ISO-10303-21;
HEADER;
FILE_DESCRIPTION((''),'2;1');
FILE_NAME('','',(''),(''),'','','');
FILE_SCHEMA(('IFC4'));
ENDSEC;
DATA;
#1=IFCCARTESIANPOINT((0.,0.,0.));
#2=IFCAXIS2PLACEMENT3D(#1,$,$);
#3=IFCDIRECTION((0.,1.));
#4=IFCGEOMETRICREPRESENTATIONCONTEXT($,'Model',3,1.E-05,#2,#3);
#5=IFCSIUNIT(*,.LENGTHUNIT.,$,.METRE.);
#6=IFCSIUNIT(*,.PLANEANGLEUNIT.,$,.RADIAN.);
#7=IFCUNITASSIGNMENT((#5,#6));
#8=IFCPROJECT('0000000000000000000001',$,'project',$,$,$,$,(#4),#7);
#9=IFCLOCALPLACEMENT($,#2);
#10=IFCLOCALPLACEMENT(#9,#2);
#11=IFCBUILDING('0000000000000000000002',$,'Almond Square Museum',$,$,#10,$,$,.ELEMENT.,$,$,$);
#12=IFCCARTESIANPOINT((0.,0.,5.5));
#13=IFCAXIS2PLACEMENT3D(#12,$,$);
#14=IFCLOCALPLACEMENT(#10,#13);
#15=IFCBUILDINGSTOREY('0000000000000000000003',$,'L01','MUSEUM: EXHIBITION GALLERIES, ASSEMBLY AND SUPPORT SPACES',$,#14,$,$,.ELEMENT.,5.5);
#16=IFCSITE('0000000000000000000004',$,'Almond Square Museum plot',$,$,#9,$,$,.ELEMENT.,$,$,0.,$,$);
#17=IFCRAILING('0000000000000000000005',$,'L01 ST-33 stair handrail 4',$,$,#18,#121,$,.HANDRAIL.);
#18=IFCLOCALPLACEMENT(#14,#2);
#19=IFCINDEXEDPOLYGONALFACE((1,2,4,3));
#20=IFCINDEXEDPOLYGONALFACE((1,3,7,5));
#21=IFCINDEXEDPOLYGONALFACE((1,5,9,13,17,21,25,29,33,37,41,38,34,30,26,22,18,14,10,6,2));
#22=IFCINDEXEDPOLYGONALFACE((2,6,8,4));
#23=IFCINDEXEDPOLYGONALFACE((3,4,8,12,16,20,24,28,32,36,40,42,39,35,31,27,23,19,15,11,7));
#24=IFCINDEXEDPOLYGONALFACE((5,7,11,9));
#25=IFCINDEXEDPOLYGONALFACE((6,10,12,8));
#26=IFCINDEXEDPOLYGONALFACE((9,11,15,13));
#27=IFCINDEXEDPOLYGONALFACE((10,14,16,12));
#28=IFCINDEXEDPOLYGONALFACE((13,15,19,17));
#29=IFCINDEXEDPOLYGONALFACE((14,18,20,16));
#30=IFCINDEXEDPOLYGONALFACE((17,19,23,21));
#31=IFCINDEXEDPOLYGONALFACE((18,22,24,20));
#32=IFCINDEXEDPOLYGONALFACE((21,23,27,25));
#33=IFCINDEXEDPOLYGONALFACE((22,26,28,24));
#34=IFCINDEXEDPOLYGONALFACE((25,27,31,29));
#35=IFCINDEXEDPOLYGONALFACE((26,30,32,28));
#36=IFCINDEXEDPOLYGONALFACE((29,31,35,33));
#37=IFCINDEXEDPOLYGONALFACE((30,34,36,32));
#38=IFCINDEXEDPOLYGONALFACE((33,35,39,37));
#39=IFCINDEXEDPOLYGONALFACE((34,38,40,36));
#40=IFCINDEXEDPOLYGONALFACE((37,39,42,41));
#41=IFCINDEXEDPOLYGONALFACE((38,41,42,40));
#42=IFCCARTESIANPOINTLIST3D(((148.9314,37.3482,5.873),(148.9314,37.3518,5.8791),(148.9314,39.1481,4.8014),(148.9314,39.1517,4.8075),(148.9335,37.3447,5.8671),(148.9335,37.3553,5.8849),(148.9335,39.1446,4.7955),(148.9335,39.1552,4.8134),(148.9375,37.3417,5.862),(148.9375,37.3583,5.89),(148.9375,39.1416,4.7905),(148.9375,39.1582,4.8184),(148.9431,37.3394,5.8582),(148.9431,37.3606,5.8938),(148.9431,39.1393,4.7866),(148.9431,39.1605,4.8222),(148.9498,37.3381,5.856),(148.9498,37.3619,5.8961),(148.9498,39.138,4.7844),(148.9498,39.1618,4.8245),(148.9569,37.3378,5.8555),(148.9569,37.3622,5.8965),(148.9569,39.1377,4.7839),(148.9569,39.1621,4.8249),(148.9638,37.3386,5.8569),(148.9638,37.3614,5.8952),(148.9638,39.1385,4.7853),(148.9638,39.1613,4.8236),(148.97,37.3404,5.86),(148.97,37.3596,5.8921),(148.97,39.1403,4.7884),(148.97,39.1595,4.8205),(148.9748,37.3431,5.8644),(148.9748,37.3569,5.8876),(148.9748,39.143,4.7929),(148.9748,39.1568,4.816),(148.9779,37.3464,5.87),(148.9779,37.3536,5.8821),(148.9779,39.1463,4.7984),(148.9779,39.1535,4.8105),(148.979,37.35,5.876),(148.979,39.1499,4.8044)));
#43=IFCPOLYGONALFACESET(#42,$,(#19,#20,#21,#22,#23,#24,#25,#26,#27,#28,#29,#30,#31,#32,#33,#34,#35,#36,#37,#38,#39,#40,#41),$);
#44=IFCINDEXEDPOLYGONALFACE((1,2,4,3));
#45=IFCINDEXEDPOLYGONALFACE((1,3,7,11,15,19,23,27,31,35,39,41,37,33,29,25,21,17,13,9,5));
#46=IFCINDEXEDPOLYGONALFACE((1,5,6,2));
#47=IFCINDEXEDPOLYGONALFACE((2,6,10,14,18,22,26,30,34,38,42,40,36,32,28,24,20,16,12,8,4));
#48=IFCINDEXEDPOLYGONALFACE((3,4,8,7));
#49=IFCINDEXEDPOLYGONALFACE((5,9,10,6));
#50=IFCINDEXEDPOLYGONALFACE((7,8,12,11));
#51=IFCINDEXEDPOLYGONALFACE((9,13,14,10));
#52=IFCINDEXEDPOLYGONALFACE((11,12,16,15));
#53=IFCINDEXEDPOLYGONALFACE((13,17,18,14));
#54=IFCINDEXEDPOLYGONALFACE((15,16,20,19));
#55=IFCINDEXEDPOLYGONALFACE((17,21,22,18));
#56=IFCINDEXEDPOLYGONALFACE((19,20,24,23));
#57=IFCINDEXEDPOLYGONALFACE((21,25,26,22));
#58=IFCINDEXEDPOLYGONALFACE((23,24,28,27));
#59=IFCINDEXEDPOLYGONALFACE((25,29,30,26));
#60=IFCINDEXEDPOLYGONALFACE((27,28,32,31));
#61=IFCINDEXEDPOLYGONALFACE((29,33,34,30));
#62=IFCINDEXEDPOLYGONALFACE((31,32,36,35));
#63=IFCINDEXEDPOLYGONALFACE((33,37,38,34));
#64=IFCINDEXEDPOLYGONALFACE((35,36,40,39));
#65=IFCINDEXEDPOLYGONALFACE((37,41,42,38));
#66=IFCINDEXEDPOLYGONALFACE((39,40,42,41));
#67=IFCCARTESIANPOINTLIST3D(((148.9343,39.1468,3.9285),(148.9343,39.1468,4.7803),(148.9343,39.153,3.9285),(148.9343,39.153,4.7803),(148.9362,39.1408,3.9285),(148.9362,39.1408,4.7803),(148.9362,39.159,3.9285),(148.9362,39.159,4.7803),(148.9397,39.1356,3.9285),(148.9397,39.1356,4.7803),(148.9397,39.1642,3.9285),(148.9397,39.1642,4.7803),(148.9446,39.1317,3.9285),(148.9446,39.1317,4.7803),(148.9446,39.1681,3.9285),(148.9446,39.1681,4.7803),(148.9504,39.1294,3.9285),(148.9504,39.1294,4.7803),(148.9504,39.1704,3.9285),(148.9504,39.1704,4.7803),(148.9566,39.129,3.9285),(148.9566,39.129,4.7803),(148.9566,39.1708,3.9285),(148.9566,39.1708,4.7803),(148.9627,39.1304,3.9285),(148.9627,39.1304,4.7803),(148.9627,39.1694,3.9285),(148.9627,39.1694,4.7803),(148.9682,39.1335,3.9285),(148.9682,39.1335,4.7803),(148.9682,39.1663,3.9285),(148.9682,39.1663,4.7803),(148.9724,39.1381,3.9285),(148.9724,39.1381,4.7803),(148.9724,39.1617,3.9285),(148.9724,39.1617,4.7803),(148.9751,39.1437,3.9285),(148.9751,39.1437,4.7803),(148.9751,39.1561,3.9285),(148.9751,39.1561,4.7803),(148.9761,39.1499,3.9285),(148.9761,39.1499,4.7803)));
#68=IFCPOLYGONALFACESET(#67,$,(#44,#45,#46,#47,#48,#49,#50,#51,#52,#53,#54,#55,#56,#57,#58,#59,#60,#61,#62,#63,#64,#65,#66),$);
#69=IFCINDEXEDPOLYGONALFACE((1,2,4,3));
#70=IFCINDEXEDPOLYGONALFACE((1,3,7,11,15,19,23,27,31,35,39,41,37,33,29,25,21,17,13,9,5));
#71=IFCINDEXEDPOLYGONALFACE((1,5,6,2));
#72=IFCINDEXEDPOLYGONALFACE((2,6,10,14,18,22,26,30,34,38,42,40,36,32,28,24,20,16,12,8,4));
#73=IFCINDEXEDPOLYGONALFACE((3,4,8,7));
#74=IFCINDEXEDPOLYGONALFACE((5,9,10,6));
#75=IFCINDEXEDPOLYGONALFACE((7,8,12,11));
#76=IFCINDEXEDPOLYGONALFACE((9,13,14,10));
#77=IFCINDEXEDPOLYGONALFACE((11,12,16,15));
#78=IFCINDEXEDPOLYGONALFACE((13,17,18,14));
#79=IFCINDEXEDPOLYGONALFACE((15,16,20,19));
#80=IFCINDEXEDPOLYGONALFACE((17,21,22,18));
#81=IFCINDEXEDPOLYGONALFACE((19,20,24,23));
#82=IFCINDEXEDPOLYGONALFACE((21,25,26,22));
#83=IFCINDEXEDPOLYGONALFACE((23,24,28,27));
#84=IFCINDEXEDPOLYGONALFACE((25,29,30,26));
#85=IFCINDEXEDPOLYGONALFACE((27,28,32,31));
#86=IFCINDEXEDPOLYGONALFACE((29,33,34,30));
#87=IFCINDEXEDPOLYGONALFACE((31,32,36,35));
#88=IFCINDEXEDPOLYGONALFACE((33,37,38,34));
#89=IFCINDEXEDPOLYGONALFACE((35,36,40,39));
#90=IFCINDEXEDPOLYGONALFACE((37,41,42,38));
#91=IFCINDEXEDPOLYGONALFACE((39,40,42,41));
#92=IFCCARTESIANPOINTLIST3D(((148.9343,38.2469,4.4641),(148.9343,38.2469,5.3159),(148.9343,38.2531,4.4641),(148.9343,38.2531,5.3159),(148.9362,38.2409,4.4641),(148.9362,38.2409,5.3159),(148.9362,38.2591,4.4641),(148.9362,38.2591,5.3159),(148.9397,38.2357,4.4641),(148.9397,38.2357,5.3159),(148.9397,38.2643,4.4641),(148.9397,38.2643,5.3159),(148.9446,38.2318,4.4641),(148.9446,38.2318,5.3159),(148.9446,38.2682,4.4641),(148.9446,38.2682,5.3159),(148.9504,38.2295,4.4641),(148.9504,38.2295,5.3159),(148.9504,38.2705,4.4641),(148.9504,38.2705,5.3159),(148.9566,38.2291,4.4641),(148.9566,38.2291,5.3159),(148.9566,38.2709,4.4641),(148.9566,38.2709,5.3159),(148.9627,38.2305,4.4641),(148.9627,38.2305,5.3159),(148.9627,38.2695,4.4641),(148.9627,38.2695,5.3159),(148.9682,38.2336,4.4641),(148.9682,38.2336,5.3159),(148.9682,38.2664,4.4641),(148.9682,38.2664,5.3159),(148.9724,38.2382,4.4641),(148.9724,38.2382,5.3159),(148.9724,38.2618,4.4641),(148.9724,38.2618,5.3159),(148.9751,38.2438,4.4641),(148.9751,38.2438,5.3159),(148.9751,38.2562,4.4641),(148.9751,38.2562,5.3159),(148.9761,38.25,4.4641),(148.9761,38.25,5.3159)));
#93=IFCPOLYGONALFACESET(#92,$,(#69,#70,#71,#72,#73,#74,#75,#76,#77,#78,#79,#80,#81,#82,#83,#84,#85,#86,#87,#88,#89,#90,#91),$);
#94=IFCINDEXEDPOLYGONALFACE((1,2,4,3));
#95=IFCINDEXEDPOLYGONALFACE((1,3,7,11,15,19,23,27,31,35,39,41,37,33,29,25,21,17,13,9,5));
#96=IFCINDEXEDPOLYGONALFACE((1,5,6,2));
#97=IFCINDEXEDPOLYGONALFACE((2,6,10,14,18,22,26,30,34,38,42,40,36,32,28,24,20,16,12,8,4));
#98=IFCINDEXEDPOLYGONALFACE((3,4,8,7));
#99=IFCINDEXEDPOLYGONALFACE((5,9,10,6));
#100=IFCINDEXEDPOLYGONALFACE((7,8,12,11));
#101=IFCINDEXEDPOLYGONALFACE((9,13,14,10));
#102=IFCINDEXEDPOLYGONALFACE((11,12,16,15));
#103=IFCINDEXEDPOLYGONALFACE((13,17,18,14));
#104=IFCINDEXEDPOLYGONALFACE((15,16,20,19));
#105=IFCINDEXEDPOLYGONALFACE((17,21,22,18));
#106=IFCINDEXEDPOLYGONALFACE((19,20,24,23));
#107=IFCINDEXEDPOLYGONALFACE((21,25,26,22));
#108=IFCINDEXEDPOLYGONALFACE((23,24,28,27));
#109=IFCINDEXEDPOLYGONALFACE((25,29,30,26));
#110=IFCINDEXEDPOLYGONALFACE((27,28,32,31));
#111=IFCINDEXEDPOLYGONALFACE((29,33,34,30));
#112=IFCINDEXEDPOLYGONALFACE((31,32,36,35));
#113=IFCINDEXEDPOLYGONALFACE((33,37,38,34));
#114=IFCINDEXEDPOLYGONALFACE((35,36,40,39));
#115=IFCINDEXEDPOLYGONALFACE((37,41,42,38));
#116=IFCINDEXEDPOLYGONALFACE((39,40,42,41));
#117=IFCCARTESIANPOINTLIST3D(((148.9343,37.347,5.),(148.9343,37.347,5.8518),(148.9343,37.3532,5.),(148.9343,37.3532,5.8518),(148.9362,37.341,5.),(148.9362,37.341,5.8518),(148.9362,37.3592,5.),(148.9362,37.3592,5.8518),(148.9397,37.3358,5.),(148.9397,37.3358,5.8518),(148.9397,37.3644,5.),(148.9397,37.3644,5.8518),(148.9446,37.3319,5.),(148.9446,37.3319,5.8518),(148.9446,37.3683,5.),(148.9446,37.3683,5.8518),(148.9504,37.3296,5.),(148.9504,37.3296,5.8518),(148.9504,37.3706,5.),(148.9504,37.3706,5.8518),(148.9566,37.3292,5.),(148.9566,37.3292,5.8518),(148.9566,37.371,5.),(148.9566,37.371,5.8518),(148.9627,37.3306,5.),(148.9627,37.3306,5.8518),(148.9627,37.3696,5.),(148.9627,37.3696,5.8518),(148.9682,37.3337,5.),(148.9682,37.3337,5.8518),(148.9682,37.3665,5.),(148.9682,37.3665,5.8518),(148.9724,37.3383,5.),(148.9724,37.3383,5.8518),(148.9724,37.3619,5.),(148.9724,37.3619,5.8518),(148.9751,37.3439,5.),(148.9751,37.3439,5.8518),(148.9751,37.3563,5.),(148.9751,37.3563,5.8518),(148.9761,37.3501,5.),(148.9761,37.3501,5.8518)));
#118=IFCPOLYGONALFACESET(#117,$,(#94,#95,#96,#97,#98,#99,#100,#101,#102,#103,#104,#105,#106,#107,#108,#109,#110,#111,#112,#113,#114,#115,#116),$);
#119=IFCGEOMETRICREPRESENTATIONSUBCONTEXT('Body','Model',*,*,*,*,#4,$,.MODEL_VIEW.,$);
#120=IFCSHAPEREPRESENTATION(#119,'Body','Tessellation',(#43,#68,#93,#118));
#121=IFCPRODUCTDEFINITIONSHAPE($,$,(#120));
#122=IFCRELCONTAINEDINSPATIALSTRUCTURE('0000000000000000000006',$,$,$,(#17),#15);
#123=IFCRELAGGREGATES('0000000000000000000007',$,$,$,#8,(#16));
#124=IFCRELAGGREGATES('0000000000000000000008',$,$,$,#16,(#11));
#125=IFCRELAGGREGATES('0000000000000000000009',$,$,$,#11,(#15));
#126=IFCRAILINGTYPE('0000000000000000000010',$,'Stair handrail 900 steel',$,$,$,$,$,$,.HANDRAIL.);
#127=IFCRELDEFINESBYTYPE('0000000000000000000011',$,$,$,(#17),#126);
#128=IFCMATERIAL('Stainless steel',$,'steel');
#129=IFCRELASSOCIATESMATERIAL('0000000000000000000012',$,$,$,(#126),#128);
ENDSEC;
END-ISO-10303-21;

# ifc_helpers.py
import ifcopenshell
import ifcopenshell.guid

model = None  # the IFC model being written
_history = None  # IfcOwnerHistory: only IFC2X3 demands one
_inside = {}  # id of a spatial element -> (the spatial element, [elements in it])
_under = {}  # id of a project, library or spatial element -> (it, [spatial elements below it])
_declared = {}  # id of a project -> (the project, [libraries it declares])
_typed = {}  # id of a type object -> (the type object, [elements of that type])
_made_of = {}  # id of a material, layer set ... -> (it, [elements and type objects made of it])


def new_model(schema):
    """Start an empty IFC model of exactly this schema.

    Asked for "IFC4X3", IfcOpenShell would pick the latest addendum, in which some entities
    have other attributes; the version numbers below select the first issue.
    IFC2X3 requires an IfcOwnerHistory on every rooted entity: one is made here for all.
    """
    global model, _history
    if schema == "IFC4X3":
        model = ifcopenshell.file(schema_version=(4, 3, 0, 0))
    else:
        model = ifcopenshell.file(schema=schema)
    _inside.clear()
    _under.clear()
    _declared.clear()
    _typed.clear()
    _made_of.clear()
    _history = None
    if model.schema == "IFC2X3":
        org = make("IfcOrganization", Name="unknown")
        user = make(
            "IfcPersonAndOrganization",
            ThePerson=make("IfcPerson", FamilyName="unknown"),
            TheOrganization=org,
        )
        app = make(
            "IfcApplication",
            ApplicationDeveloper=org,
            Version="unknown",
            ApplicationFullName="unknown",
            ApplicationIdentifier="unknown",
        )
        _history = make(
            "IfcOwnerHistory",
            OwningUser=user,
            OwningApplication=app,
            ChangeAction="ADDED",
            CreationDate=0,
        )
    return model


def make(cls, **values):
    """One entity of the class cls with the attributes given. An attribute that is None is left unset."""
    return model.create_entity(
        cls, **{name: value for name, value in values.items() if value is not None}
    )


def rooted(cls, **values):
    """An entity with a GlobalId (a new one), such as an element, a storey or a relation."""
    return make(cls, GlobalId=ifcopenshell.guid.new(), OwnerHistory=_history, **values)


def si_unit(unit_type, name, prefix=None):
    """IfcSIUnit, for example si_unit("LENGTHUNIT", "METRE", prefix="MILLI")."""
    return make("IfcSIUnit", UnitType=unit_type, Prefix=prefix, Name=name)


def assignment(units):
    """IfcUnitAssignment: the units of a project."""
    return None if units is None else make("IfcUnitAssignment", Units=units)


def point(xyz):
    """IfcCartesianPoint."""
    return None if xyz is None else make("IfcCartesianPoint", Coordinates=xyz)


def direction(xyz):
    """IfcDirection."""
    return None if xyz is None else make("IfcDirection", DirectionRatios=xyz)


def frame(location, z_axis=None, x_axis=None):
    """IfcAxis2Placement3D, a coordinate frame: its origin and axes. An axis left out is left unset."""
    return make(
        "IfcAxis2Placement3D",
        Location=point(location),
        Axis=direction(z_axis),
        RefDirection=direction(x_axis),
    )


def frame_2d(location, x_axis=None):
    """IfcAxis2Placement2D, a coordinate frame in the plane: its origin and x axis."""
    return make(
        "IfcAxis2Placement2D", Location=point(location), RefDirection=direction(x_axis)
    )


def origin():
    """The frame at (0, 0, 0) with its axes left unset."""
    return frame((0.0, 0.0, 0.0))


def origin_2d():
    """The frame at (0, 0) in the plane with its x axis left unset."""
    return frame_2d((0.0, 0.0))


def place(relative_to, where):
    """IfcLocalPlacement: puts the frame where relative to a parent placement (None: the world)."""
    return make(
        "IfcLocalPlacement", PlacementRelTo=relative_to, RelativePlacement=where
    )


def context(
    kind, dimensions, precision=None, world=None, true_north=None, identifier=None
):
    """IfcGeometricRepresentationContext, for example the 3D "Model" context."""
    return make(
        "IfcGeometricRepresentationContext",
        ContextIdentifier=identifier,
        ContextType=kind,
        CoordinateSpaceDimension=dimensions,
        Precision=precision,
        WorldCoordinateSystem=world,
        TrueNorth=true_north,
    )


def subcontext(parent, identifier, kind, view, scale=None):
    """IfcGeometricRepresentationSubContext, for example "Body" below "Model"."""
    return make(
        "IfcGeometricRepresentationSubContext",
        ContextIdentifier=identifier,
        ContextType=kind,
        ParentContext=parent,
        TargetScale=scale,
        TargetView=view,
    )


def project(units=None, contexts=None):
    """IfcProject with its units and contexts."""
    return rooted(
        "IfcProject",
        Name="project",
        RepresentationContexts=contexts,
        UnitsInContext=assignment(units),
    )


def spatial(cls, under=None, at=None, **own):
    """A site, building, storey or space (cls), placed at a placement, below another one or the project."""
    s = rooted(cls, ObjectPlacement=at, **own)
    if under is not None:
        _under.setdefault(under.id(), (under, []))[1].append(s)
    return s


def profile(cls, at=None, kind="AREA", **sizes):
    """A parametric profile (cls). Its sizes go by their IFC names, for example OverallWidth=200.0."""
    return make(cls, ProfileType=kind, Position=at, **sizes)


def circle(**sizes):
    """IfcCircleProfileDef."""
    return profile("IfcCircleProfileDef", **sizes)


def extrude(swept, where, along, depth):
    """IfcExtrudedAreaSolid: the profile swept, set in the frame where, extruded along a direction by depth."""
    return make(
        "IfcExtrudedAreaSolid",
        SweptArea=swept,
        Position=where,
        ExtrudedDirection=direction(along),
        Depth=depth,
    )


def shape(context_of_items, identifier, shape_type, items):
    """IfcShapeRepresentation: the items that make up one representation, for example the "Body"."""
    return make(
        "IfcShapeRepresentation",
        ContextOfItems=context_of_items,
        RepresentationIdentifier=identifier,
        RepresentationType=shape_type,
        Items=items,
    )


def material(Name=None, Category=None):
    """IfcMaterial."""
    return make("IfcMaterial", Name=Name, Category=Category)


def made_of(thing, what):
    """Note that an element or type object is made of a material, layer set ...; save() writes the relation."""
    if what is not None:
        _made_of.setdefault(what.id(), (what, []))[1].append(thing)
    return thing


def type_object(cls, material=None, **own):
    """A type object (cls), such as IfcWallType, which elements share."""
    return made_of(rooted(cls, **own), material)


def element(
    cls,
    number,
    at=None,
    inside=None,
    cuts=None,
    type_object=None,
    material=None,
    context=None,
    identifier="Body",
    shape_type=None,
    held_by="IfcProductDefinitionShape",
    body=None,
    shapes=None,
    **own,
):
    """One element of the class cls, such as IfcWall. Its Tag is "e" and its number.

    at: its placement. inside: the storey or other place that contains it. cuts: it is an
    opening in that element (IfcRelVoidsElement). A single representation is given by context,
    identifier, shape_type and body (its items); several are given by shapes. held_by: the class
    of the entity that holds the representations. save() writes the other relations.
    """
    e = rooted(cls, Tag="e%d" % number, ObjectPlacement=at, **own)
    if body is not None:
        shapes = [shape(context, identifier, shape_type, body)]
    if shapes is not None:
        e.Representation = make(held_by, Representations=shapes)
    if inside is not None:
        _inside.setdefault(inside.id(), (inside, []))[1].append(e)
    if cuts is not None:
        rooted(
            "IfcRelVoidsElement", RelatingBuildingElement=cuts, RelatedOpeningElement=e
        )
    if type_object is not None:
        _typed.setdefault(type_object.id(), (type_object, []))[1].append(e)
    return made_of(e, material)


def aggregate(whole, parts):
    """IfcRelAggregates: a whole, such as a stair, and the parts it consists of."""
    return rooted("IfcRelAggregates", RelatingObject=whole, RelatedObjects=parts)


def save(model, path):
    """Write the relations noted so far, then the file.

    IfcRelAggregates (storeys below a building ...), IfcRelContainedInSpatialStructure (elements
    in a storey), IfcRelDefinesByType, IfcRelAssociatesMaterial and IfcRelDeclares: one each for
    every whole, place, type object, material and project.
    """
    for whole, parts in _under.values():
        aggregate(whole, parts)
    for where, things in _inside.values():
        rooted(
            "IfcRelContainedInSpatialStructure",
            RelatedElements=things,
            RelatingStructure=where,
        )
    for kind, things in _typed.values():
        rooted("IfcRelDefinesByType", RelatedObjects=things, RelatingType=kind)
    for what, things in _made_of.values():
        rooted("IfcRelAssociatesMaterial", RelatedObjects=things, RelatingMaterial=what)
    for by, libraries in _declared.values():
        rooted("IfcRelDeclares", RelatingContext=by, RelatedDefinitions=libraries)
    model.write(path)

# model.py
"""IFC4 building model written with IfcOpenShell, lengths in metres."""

from ifc_helpers import new_model, si_unit, direction, frame, origin, origin_2d, place, context, subcontext, project, spatial, circle, extrude, material, type_object, element, save


model = new_model("IFC4")

# Units and contexts
model_context = context("Model", 3, precision=1e-05, world=origin(), true_north=direction((0.0, 1.0)))
body_context = subcontext(model_context, "Body", "Model", "MODEL_VIEW")
ifc_project = project(units=[si_unit("LENGTHUNIT", "METRE"), si_unit("PLANEANGLEUNIT", "RADIAN")], contexts=[model_context])

# Site, building, storey
site_placement = place(None, origin())
site = spatial("IfcSite", under=ifc_project, at=site_placement, Name="Almond Square Museum plot", CompositionType="ELEMENT", RefElevation=0.0)
building_placement = place(site_placement, origin())
building = spatial("IfcBuilding", under=site, at=building_placement, Name="Almond Square Museum", CompositionType="ELEMENT")
storey_placement = place(building_placement, frame((0.0, 0.0, 5.5)))
storey = spatial("IfcBuildingStorey", under=building, at=storey_placement, Name="L01", Description="MUSEUM: EXHIBITION GALLERIES, ASSEMBLY AND SUPPORT SPACES", CompositionType="ELEMENT", Elevation=5.5)

# Railing
ifc_material_1 = material(Name="Stainless steel", Category="steel")
railing_type_1 = type_object("IfcRailingType", Name="Stair handrail 900 steel", PredefinedType="HANDRAIL", material=ifc_material_1)
railing_1_placement = place(storey_placement, frame((148.9551, 39.1499, 3.9285)))
element("IfcRailing", 1, at=railing_1_placement, inside=storey, type_object=railing_type_1, Name="L01 ST-33 stair handrail 4", PredefinedType="HANDRAIL", context=body_context, shape_type="SweptSolid", body=[
    extrude(circle(Radius=0.0239, at=origin_2d()), frame((0.0, 0.0, 0.876), z_axis=(0.0, -0.859247, 0.511562), x_axis=(1.0, 0.0, 0.0)), (0.0, 0.0, 1.0), 2.0947),
    extrude(circle(Radius=0.021, at=origin_2d()), origin(), (0.0, 0.0, 1.0), 0.8518),
    extrude(circle(Radius=0.021, at=origin_2d()), frame((0.0, -0.8999, 0.5356)), (0.0, 0.0, 1.0), 0.8518),
    extrude(circle(Radius=0.021, at=origin_2d()), frame((0.0, -1.7998, 1.0715)), (0.0, 0.0, 1.0), 0.8518),
])

save(model, "model.ifc")
